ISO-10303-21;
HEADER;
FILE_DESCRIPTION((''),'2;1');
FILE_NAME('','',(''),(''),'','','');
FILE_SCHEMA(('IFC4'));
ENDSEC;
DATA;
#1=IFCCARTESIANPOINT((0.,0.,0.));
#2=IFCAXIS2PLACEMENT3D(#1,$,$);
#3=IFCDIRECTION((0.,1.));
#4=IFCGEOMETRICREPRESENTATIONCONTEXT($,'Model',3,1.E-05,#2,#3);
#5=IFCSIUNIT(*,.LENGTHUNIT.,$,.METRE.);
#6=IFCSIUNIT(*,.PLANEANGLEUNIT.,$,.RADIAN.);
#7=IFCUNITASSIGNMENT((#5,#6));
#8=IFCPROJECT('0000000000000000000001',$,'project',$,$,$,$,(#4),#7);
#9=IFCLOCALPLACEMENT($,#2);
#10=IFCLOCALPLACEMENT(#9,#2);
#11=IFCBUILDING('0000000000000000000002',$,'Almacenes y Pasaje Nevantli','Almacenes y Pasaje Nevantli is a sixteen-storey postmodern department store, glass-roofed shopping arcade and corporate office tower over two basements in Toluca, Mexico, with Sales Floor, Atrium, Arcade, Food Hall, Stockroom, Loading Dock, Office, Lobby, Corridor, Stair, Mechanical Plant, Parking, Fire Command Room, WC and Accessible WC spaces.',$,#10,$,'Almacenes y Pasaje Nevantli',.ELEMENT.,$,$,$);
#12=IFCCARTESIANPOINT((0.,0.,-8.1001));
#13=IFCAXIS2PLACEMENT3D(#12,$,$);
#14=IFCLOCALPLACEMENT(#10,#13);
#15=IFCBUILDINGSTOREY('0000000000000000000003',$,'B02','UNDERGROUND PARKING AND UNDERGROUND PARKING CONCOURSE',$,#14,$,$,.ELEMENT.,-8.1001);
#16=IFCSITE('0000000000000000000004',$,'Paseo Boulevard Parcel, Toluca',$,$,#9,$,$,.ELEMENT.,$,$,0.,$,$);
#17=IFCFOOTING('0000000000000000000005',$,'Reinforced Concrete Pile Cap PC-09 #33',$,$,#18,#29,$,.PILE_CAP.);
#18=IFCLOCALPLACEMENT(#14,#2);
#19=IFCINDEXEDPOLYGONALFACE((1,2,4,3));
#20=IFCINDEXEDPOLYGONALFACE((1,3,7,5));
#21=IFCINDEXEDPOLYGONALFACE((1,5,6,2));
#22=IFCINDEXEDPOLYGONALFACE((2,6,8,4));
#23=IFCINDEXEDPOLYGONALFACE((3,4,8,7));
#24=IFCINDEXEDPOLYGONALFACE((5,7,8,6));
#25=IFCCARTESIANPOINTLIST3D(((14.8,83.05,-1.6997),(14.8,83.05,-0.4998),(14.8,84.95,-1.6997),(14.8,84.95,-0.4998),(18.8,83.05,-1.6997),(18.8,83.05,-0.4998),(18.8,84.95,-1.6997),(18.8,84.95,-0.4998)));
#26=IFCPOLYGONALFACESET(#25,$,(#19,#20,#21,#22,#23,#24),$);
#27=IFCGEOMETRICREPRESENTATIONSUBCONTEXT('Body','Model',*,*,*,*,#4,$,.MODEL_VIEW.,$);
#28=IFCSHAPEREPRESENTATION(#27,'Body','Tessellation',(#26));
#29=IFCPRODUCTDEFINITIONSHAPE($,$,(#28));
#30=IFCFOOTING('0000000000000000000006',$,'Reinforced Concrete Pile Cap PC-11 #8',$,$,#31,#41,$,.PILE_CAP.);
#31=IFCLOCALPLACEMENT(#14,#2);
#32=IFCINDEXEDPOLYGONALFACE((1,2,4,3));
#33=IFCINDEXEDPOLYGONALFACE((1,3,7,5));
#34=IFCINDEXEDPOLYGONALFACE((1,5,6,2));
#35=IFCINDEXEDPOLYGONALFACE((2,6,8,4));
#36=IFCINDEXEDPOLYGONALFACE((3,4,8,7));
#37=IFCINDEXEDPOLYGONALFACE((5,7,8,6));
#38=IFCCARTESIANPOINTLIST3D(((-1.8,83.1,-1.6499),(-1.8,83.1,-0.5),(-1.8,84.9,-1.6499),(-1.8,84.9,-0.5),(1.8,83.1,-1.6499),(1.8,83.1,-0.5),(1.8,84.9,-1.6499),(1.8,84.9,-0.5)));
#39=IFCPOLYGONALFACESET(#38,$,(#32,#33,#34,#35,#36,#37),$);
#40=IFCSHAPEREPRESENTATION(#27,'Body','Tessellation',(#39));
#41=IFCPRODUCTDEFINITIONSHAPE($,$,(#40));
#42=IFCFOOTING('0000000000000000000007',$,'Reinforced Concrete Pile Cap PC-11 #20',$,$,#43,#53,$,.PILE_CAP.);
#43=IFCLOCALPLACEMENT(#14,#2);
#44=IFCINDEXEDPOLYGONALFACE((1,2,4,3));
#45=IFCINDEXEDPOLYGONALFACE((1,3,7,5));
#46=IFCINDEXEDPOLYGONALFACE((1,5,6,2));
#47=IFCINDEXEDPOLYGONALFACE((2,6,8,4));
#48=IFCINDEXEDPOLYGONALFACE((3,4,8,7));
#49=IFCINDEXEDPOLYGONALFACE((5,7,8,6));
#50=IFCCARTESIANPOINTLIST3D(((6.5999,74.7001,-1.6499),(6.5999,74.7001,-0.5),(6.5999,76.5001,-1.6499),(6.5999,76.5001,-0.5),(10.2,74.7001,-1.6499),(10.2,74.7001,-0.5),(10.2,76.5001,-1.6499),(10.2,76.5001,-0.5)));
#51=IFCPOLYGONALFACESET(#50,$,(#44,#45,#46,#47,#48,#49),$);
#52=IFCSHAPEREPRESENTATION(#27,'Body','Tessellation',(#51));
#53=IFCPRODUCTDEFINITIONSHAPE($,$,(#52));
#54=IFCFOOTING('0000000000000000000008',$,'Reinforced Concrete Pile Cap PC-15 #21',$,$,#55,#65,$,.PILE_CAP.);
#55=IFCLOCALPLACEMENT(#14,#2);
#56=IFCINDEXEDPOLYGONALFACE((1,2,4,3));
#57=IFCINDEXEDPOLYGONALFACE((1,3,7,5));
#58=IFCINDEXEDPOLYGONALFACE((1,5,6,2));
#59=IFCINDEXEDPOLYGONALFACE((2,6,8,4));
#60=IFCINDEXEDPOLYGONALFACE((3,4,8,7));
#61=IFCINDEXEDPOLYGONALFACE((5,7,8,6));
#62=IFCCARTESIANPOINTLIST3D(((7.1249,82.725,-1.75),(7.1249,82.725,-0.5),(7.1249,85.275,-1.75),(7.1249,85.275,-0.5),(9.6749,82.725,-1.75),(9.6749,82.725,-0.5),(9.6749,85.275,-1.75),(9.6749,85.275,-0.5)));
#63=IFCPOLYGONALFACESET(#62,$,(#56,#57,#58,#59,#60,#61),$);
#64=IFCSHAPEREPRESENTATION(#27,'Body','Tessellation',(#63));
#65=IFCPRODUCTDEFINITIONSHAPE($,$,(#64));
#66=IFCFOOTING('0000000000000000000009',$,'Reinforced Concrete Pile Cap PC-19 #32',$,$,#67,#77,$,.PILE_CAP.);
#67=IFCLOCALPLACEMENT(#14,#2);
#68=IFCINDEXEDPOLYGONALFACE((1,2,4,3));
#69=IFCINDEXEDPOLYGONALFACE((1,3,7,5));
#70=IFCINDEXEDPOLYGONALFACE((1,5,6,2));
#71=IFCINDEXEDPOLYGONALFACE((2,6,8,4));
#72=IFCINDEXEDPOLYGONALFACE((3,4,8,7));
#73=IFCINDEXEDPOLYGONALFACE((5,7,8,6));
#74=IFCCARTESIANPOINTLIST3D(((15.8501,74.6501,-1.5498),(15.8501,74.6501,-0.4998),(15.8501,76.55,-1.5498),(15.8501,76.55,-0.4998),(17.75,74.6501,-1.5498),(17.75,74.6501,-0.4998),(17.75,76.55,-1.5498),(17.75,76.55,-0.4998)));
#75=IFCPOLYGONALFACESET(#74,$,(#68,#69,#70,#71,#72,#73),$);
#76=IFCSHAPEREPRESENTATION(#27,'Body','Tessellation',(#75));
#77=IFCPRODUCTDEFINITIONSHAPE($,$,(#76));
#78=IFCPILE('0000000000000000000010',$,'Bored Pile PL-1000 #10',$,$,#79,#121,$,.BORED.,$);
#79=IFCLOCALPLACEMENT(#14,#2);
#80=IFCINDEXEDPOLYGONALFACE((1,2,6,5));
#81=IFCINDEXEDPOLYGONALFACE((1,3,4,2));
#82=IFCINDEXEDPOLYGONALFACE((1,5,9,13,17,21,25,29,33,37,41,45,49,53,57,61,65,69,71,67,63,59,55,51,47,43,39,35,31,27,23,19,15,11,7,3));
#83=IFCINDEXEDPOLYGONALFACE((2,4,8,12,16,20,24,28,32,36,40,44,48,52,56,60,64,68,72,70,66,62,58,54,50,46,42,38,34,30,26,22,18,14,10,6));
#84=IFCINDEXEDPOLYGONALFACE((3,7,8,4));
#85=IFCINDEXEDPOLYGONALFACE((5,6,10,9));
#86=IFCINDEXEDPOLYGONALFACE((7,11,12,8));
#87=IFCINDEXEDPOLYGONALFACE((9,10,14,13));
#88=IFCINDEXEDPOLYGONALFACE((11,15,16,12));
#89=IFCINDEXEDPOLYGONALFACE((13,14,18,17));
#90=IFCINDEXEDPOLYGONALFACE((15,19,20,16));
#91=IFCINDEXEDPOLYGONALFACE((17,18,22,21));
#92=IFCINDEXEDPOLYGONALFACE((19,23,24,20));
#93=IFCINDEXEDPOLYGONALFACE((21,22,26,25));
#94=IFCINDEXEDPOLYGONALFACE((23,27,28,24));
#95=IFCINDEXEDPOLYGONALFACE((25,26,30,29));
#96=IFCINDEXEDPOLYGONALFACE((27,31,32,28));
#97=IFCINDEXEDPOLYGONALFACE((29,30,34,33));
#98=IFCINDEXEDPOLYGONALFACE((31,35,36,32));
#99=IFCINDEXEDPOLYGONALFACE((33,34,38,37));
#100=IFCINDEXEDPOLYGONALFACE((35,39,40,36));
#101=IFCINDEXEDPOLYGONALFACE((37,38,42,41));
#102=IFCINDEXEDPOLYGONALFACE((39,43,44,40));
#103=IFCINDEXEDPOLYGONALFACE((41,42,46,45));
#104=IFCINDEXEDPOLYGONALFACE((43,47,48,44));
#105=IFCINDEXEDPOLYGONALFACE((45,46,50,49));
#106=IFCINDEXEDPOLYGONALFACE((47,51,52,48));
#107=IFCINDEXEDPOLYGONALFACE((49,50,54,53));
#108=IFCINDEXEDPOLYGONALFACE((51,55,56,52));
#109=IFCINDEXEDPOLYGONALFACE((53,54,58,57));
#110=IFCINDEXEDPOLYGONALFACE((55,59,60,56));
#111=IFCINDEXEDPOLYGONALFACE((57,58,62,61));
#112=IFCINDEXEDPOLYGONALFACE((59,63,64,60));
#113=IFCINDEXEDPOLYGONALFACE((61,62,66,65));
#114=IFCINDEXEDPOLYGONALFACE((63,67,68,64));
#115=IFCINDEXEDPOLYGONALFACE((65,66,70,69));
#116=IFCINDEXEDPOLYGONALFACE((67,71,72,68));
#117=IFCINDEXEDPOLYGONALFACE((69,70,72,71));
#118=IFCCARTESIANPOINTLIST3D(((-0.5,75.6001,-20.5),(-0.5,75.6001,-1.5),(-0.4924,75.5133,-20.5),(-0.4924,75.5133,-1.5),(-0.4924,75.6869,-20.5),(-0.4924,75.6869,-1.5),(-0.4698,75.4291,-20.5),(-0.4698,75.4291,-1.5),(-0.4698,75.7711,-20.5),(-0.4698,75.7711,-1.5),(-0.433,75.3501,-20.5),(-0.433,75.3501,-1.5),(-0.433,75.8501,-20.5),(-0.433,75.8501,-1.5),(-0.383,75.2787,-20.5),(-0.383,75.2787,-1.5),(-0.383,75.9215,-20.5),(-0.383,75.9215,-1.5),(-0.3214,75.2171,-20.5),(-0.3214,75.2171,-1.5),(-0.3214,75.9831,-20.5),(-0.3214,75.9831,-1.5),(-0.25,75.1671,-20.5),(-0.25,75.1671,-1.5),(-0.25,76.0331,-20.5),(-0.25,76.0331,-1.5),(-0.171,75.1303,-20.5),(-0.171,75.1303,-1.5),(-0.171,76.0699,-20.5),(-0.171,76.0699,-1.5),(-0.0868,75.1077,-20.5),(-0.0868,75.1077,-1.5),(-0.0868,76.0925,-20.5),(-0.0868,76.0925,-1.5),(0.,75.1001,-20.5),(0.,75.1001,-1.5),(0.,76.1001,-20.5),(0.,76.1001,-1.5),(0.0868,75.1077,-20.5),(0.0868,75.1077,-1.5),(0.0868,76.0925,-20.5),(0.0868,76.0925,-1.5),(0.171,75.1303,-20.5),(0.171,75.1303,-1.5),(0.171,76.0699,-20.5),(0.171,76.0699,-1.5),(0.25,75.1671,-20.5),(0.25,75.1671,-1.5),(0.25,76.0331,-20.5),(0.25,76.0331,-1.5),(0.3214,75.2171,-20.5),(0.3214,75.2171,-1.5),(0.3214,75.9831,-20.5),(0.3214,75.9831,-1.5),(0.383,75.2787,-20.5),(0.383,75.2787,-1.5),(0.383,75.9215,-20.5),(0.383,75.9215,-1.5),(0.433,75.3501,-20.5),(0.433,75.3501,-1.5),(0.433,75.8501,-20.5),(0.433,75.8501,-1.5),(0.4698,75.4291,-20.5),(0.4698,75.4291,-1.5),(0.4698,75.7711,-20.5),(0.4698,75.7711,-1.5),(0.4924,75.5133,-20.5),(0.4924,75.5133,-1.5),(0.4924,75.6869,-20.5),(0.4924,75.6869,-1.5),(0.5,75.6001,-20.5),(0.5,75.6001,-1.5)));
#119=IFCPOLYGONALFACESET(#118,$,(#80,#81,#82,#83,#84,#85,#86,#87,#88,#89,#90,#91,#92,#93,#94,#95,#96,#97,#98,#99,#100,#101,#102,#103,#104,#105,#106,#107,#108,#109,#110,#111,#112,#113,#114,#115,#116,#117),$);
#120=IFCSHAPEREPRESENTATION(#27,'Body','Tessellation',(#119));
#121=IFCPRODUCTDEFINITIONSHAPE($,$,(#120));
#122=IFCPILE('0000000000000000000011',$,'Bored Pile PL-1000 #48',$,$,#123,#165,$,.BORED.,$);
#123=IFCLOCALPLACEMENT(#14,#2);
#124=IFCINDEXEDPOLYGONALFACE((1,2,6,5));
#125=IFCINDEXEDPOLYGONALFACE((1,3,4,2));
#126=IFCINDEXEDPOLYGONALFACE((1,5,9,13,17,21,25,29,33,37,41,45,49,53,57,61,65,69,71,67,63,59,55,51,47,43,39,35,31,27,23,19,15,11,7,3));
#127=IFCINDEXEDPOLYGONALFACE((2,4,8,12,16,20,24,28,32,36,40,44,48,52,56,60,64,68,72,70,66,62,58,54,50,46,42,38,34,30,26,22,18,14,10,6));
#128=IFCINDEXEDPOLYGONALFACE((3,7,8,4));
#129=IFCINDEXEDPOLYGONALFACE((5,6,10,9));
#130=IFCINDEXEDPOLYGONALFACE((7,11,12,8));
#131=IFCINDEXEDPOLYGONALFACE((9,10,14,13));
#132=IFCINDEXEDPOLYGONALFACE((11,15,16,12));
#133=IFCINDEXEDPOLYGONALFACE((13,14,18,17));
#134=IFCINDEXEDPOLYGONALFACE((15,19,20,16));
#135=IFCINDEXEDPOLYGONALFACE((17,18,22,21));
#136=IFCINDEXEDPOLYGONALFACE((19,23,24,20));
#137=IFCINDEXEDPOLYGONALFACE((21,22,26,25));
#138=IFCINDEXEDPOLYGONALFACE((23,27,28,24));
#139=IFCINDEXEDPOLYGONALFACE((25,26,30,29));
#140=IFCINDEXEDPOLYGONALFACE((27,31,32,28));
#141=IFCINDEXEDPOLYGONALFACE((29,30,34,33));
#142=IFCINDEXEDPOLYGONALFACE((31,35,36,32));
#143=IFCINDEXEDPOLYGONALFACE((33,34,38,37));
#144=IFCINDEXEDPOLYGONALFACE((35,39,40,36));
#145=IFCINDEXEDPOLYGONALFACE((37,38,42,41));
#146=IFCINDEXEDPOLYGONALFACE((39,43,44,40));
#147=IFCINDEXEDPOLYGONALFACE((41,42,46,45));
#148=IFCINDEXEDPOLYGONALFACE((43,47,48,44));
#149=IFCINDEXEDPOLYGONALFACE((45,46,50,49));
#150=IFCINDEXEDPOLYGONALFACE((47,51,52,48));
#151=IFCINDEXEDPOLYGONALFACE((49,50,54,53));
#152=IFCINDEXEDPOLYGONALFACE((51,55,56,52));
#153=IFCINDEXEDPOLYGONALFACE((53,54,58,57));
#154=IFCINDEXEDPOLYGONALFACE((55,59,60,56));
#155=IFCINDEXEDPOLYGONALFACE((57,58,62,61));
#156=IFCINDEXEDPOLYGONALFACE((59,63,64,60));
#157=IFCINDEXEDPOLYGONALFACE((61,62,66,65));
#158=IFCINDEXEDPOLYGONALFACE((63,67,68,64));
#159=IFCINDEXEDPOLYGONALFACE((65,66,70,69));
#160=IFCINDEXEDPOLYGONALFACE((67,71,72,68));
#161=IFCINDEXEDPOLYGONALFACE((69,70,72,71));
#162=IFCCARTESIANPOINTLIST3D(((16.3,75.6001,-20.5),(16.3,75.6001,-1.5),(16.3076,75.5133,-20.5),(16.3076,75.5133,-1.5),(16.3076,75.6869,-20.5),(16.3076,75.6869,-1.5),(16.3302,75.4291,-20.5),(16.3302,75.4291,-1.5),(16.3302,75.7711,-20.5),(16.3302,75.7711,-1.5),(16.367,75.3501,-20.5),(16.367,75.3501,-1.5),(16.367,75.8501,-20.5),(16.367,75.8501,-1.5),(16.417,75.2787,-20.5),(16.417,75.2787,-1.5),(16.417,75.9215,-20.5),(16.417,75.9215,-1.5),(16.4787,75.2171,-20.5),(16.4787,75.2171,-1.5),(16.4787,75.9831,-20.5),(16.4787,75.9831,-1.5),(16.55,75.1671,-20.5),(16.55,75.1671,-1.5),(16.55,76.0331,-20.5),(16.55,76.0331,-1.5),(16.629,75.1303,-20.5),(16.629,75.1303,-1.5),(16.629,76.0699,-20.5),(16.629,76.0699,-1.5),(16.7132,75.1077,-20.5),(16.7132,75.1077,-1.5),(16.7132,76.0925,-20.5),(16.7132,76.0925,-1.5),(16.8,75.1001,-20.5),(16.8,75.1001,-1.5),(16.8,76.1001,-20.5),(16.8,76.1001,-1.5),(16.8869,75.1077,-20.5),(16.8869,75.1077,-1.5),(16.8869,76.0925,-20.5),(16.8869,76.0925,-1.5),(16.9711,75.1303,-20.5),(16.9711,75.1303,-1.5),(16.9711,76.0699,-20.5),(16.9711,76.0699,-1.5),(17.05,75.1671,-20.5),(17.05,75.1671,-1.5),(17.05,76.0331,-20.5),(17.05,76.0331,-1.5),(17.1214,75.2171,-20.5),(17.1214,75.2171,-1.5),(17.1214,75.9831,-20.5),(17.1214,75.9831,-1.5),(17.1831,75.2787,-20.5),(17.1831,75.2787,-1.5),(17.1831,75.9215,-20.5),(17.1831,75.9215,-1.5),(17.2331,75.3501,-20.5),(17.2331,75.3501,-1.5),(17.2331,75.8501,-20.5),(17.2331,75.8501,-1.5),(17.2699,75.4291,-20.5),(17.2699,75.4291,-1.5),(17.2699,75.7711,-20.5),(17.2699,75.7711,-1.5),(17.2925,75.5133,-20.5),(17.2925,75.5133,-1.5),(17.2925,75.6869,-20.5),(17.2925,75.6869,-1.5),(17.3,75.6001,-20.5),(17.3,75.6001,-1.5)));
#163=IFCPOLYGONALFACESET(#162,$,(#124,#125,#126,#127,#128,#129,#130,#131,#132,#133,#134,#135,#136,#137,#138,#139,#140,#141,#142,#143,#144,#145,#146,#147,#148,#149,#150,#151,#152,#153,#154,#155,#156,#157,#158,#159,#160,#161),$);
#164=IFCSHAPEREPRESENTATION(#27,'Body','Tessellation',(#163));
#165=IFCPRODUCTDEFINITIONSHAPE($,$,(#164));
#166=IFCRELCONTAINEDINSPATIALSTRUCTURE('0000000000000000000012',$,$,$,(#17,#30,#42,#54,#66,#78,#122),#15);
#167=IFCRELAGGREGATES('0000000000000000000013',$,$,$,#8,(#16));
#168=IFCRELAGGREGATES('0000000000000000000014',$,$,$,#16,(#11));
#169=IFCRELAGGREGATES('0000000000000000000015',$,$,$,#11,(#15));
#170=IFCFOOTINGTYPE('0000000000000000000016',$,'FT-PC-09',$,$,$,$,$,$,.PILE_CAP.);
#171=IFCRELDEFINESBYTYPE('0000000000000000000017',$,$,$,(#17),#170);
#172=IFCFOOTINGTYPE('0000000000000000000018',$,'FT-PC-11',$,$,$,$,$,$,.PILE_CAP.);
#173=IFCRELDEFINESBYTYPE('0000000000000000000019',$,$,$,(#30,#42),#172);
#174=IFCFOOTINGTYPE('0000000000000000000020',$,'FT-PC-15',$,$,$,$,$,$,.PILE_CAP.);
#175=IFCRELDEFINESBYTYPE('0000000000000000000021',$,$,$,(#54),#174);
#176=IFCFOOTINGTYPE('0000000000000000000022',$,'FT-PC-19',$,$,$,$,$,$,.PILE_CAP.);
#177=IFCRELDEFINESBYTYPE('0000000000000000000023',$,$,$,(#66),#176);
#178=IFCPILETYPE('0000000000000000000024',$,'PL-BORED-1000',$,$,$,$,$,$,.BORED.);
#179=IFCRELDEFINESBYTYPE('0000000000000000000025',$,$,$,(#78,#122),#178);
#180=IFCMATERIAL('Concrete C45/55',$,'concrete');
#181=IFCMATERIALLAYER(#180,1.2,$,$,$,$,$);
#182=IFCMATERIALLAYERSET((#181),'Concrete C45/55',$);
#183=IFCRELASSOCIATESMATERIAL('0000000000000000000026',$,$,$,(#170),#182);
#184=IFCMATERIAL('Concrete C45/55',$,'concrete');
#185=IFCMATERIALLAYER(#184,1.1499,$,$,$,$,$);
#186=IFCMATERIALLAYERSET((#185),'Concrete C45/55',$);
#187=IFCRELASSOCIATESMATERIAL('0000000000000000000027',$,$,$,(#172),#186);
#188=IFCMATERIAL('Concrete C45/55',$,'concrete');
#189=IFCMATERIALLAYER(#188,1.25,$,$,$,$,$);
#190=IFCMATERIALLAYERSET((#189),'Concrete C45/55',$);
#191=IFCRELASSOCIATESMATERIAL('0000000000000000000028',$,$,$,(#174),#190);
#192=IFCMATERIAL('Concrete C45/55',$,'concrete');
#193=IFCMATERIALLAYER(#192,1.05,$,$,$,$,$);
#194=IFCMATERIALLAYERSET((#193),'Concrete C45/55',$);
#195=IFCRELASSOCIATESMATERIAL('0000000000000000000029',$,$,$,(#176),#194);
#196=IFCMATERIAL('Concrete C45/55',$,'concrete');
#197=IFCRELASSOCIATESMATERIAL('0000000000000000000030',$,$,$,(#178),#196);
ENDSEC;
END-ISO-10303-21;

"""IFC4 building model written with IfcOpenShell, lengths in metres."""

from ifc_helpers import new_model, si_unit, direction, frame, origin, origin_2d, place, context, subcontext, project, spatial, rectangle, circle, extrude, material, layer, layer_set, material_profile, profile_set, type_object, element, save


model = new_model("IFC4")

# Units and contexts
model_context = context("Model", 3, precision=1e-05, world=origin(), true_north=direction((0.0, 1.0)))
body_context = subcontext(model_context, "Body", "Model", "MODEL_VIEW")
ifc_project = project(units=[si_unit("LENGTHUNIT", "METRE"), si_unit("PLANEANGLEUNIT", "RADIAN")], contexts=[model_context])

# Site, building, storey
site_placement = place(None, origin())
site = spatial("IfcSite", under=ifc_project, at=site_placement, Name="Paseo Boulevard Parcel, Toluca", CompositionType="ELEMENT", RefElevation=0.0)
building_placement = place(site_placement, origin())
building = spatial("IfcBuilding", under=site, at=building_placement, Name="Almacenes y Pasaje Nevantli", Description="Almacenes y Pasaje Nevantli is a sixteen-storey postmodern department store, glass-roofed shopping arcade and corporate office tower over two basements in Toluca, Mexico, with Sales Floor, Atrium, Arcade, Food Hall, Stockroom, Loading Dock, Office, Lobby, Corridor, Stair, Mechanical Plant, Parking, Fire Command Room, WC and Accessible WC spaces.", LongName="Almacenes y Pasaje Nevantli", CompositionType="ELEMENT")
storey_placement = place(building_placement, frame((0.0, 0.0, -8.1001)))
storey = spatial("IfcBuildingStorey", under=building, at=storey_placement, Name="B02", Description="UNDERGROUND PARKING AND UNDERGROUND PARKING CONCOURSE", CompositionType="ELEMENT", Elevation=-8.1001)

# Footings
ifc_material_1 = material(Name="Concrete C45/55", Category="concrete")
ifc_layer_1 = layer(ifc_material_1, 1.2)
ifc_layer_set_1 = layer_set([ifc_layer_1], Name="Concrete C45/55")
footing_type_1 = type_object("IfcFootingType", Name="FT-PC-09", PredefinedType="PILE_CAP", material=ifc_layer_set_1)
footing_1_placement = place(storey_placement, frame((16.8, 84.0, -1.6997), z_axis=(0.0, 0.0, 1.0), x_axis=(1.0, 0.0, 0.0)))
element("IfcFooting", 1, at=footing_1_placement, inside=storey, type_object=footing_type_1, Name="Reinforced Concrete Pile Cap PC-09 #33", PredefinedType="PILE_CAP", context=body_context, shape_type="SweptSolid", body=[
    extrude(rectangle(XDim=4.0, YDim=1.8999, at=origin_2d()), origin(), (0.0, 0.0, 1.0), 1.2),
])
ifc_material_2 = material(Name="Concrete C45/55", Category="concrete")
ifc_layer_2 = layer(ifc_material_2, 1.1499)
ifc_layer_set_2 = layer_set([ifc_layer_2], Name="Concrete C45/55")
footing_type_2 = type_object("IfcFootingType", Name="FT-PC-11", PredefinedType="PILE_CAP", material=ifc_layer_set_2)
for number, where, z_axis, x_axis, name in (
    (2, (0.0, 84.0, -1.6499), (0.0, 0.0, 1.0), (1.0, 0.0, 0.0), "Reinforced Concrete Pile Cap PC-11 #8"),
    (3, (8.3999, 75.6001, -1.6499), (0.0, 0.0, 1.0), (1.0, 0.0, 0.0), "Reinforced Concrete Pile Cap PC-11 #20"),
):
    element("IfcFooting", number, at=place(storey_placement, frame(where, z_axis=z_axis, x_axis=x_axis)), inside=storey, type_object=footing_type_2, Name=name, PredefinedType="PILE_CAP", context=body_context, shape_type="SweptSolid", body=[
        extrude(rectangle(XDim=3.6001, YDim=1.8, at=origin_2d()), origin(), (0.0, 0.0, 1.0), 1.1499),
    ])
ifc_material_3 = material(Name="Concrete C45/55", Category="concrete")
ifc_layer_3 = layer(ifc_material_3, 1.25)
ifc_layer_set_3 = layer_set([ifc_layer_3], Name="Concrete C45/55")
footing_type_3 = type_object("IfcFootingType", Name="FT-PC-15", PredefinedType="PILE_CAP", material=ifc_layer_set_3)
footing_2_placement = place(storey_placement, frame((8.3999, 84.0, -1.75), z_axis=(0.0, 0.0, 1.0), x_axis=(1.0, 0.0, 0.0)))
element("IfcFooting", 4, at=footing_2_placement, inside=storey, type_object=footing_type_3, Name="Reinforced Concrete Pile Cap PC-15 #21", PredefinedType="PILE_CAP", context=body_context, shape_type="SweptSolid", body=[
    extrude(rectangle(XDim=2.55, YDim=2.55, at=origin_2d()), origin(), (0.0, 0.0, 1.0), 1.25),
])
ifc_material_4 = material(Name="Concrete C45/55", Category="concrete")
ifc_layer_4 = layer(ifc_material_4, 1.05)
ifc_layer_set_4 = layer_set([ifc_layer_4], Name="Concrete C45/55")
footing_type_4 = type_object("IfcFootingType", Name="FT-PC-19", PredefinedType="PILE_CAP", material=ifc_layer_set_4)
footing_3_placement = place(storey_placement, frame((16.8, 75.6001, -1.5498), z_axis=(0.0, 0.0, 1.0), x_axis=(1.0, 0.0, 0.0)))
element("IfcFooting", 5, at=footing_3_placement, inside=storey, type_object=footing_type_4, Name="Reinforced Concrete Pile Cap PC-19 #32", PredefinedType="PILE_CAP", context=body_context, shape_type="SweptSolid", body=[
    extrude(rectangle(XDim=1.8999, YDim=1.8999, at=origin_2d()), origin(), (0.0, 0.0, 1.0), 1.05),
])

# Piles
ifc_material_5 = material(Name="Concrete C45/55", Category="concrete")
ifc_material_profile_1 = material_profile(ifc_material_5, circle(Radius=0.5, at=origin_2d()), Name="RC-PILE-D1000")
ifc_profile_set_1 = profile_set([ifc_material_profile_1], Name="Concrete C45/55")
pile_type_1 = type_object("IfcPileType", Name="PL-BORED-1000", PredefinedType="BORED", material=ifc_profile_set_1)
for number, where, z_axis, x_axis, name in (
    (6, (0.0, 75.6001, -1.5), (0.0, 0.0, -1.0), (1.0, 0.0, 0.0), "Bored Pile PL-1000 #10"),
    (7, (16.8, 75.6001, -1.5), (0.0, 0.0, -1.0), (1.0, 0.0, 0.0), "Bored Pile PL-1000 #48"),
):
    element("IfcPile", number, at=place(storey_placement, frame(where, z_axis=z_axis, x_axis=x_axis)), inside=storey, type_object=pile_type_1, Name=name, PredefinedType="BORED", context=body_context, shape_type="SweptSolid", body=[
        extrude(circle(Radius=0.5, at=origin_2d()), origin(), (0.0, 0.0, 1.0), 19.0),
    ])

save(model, "model.ifc")
